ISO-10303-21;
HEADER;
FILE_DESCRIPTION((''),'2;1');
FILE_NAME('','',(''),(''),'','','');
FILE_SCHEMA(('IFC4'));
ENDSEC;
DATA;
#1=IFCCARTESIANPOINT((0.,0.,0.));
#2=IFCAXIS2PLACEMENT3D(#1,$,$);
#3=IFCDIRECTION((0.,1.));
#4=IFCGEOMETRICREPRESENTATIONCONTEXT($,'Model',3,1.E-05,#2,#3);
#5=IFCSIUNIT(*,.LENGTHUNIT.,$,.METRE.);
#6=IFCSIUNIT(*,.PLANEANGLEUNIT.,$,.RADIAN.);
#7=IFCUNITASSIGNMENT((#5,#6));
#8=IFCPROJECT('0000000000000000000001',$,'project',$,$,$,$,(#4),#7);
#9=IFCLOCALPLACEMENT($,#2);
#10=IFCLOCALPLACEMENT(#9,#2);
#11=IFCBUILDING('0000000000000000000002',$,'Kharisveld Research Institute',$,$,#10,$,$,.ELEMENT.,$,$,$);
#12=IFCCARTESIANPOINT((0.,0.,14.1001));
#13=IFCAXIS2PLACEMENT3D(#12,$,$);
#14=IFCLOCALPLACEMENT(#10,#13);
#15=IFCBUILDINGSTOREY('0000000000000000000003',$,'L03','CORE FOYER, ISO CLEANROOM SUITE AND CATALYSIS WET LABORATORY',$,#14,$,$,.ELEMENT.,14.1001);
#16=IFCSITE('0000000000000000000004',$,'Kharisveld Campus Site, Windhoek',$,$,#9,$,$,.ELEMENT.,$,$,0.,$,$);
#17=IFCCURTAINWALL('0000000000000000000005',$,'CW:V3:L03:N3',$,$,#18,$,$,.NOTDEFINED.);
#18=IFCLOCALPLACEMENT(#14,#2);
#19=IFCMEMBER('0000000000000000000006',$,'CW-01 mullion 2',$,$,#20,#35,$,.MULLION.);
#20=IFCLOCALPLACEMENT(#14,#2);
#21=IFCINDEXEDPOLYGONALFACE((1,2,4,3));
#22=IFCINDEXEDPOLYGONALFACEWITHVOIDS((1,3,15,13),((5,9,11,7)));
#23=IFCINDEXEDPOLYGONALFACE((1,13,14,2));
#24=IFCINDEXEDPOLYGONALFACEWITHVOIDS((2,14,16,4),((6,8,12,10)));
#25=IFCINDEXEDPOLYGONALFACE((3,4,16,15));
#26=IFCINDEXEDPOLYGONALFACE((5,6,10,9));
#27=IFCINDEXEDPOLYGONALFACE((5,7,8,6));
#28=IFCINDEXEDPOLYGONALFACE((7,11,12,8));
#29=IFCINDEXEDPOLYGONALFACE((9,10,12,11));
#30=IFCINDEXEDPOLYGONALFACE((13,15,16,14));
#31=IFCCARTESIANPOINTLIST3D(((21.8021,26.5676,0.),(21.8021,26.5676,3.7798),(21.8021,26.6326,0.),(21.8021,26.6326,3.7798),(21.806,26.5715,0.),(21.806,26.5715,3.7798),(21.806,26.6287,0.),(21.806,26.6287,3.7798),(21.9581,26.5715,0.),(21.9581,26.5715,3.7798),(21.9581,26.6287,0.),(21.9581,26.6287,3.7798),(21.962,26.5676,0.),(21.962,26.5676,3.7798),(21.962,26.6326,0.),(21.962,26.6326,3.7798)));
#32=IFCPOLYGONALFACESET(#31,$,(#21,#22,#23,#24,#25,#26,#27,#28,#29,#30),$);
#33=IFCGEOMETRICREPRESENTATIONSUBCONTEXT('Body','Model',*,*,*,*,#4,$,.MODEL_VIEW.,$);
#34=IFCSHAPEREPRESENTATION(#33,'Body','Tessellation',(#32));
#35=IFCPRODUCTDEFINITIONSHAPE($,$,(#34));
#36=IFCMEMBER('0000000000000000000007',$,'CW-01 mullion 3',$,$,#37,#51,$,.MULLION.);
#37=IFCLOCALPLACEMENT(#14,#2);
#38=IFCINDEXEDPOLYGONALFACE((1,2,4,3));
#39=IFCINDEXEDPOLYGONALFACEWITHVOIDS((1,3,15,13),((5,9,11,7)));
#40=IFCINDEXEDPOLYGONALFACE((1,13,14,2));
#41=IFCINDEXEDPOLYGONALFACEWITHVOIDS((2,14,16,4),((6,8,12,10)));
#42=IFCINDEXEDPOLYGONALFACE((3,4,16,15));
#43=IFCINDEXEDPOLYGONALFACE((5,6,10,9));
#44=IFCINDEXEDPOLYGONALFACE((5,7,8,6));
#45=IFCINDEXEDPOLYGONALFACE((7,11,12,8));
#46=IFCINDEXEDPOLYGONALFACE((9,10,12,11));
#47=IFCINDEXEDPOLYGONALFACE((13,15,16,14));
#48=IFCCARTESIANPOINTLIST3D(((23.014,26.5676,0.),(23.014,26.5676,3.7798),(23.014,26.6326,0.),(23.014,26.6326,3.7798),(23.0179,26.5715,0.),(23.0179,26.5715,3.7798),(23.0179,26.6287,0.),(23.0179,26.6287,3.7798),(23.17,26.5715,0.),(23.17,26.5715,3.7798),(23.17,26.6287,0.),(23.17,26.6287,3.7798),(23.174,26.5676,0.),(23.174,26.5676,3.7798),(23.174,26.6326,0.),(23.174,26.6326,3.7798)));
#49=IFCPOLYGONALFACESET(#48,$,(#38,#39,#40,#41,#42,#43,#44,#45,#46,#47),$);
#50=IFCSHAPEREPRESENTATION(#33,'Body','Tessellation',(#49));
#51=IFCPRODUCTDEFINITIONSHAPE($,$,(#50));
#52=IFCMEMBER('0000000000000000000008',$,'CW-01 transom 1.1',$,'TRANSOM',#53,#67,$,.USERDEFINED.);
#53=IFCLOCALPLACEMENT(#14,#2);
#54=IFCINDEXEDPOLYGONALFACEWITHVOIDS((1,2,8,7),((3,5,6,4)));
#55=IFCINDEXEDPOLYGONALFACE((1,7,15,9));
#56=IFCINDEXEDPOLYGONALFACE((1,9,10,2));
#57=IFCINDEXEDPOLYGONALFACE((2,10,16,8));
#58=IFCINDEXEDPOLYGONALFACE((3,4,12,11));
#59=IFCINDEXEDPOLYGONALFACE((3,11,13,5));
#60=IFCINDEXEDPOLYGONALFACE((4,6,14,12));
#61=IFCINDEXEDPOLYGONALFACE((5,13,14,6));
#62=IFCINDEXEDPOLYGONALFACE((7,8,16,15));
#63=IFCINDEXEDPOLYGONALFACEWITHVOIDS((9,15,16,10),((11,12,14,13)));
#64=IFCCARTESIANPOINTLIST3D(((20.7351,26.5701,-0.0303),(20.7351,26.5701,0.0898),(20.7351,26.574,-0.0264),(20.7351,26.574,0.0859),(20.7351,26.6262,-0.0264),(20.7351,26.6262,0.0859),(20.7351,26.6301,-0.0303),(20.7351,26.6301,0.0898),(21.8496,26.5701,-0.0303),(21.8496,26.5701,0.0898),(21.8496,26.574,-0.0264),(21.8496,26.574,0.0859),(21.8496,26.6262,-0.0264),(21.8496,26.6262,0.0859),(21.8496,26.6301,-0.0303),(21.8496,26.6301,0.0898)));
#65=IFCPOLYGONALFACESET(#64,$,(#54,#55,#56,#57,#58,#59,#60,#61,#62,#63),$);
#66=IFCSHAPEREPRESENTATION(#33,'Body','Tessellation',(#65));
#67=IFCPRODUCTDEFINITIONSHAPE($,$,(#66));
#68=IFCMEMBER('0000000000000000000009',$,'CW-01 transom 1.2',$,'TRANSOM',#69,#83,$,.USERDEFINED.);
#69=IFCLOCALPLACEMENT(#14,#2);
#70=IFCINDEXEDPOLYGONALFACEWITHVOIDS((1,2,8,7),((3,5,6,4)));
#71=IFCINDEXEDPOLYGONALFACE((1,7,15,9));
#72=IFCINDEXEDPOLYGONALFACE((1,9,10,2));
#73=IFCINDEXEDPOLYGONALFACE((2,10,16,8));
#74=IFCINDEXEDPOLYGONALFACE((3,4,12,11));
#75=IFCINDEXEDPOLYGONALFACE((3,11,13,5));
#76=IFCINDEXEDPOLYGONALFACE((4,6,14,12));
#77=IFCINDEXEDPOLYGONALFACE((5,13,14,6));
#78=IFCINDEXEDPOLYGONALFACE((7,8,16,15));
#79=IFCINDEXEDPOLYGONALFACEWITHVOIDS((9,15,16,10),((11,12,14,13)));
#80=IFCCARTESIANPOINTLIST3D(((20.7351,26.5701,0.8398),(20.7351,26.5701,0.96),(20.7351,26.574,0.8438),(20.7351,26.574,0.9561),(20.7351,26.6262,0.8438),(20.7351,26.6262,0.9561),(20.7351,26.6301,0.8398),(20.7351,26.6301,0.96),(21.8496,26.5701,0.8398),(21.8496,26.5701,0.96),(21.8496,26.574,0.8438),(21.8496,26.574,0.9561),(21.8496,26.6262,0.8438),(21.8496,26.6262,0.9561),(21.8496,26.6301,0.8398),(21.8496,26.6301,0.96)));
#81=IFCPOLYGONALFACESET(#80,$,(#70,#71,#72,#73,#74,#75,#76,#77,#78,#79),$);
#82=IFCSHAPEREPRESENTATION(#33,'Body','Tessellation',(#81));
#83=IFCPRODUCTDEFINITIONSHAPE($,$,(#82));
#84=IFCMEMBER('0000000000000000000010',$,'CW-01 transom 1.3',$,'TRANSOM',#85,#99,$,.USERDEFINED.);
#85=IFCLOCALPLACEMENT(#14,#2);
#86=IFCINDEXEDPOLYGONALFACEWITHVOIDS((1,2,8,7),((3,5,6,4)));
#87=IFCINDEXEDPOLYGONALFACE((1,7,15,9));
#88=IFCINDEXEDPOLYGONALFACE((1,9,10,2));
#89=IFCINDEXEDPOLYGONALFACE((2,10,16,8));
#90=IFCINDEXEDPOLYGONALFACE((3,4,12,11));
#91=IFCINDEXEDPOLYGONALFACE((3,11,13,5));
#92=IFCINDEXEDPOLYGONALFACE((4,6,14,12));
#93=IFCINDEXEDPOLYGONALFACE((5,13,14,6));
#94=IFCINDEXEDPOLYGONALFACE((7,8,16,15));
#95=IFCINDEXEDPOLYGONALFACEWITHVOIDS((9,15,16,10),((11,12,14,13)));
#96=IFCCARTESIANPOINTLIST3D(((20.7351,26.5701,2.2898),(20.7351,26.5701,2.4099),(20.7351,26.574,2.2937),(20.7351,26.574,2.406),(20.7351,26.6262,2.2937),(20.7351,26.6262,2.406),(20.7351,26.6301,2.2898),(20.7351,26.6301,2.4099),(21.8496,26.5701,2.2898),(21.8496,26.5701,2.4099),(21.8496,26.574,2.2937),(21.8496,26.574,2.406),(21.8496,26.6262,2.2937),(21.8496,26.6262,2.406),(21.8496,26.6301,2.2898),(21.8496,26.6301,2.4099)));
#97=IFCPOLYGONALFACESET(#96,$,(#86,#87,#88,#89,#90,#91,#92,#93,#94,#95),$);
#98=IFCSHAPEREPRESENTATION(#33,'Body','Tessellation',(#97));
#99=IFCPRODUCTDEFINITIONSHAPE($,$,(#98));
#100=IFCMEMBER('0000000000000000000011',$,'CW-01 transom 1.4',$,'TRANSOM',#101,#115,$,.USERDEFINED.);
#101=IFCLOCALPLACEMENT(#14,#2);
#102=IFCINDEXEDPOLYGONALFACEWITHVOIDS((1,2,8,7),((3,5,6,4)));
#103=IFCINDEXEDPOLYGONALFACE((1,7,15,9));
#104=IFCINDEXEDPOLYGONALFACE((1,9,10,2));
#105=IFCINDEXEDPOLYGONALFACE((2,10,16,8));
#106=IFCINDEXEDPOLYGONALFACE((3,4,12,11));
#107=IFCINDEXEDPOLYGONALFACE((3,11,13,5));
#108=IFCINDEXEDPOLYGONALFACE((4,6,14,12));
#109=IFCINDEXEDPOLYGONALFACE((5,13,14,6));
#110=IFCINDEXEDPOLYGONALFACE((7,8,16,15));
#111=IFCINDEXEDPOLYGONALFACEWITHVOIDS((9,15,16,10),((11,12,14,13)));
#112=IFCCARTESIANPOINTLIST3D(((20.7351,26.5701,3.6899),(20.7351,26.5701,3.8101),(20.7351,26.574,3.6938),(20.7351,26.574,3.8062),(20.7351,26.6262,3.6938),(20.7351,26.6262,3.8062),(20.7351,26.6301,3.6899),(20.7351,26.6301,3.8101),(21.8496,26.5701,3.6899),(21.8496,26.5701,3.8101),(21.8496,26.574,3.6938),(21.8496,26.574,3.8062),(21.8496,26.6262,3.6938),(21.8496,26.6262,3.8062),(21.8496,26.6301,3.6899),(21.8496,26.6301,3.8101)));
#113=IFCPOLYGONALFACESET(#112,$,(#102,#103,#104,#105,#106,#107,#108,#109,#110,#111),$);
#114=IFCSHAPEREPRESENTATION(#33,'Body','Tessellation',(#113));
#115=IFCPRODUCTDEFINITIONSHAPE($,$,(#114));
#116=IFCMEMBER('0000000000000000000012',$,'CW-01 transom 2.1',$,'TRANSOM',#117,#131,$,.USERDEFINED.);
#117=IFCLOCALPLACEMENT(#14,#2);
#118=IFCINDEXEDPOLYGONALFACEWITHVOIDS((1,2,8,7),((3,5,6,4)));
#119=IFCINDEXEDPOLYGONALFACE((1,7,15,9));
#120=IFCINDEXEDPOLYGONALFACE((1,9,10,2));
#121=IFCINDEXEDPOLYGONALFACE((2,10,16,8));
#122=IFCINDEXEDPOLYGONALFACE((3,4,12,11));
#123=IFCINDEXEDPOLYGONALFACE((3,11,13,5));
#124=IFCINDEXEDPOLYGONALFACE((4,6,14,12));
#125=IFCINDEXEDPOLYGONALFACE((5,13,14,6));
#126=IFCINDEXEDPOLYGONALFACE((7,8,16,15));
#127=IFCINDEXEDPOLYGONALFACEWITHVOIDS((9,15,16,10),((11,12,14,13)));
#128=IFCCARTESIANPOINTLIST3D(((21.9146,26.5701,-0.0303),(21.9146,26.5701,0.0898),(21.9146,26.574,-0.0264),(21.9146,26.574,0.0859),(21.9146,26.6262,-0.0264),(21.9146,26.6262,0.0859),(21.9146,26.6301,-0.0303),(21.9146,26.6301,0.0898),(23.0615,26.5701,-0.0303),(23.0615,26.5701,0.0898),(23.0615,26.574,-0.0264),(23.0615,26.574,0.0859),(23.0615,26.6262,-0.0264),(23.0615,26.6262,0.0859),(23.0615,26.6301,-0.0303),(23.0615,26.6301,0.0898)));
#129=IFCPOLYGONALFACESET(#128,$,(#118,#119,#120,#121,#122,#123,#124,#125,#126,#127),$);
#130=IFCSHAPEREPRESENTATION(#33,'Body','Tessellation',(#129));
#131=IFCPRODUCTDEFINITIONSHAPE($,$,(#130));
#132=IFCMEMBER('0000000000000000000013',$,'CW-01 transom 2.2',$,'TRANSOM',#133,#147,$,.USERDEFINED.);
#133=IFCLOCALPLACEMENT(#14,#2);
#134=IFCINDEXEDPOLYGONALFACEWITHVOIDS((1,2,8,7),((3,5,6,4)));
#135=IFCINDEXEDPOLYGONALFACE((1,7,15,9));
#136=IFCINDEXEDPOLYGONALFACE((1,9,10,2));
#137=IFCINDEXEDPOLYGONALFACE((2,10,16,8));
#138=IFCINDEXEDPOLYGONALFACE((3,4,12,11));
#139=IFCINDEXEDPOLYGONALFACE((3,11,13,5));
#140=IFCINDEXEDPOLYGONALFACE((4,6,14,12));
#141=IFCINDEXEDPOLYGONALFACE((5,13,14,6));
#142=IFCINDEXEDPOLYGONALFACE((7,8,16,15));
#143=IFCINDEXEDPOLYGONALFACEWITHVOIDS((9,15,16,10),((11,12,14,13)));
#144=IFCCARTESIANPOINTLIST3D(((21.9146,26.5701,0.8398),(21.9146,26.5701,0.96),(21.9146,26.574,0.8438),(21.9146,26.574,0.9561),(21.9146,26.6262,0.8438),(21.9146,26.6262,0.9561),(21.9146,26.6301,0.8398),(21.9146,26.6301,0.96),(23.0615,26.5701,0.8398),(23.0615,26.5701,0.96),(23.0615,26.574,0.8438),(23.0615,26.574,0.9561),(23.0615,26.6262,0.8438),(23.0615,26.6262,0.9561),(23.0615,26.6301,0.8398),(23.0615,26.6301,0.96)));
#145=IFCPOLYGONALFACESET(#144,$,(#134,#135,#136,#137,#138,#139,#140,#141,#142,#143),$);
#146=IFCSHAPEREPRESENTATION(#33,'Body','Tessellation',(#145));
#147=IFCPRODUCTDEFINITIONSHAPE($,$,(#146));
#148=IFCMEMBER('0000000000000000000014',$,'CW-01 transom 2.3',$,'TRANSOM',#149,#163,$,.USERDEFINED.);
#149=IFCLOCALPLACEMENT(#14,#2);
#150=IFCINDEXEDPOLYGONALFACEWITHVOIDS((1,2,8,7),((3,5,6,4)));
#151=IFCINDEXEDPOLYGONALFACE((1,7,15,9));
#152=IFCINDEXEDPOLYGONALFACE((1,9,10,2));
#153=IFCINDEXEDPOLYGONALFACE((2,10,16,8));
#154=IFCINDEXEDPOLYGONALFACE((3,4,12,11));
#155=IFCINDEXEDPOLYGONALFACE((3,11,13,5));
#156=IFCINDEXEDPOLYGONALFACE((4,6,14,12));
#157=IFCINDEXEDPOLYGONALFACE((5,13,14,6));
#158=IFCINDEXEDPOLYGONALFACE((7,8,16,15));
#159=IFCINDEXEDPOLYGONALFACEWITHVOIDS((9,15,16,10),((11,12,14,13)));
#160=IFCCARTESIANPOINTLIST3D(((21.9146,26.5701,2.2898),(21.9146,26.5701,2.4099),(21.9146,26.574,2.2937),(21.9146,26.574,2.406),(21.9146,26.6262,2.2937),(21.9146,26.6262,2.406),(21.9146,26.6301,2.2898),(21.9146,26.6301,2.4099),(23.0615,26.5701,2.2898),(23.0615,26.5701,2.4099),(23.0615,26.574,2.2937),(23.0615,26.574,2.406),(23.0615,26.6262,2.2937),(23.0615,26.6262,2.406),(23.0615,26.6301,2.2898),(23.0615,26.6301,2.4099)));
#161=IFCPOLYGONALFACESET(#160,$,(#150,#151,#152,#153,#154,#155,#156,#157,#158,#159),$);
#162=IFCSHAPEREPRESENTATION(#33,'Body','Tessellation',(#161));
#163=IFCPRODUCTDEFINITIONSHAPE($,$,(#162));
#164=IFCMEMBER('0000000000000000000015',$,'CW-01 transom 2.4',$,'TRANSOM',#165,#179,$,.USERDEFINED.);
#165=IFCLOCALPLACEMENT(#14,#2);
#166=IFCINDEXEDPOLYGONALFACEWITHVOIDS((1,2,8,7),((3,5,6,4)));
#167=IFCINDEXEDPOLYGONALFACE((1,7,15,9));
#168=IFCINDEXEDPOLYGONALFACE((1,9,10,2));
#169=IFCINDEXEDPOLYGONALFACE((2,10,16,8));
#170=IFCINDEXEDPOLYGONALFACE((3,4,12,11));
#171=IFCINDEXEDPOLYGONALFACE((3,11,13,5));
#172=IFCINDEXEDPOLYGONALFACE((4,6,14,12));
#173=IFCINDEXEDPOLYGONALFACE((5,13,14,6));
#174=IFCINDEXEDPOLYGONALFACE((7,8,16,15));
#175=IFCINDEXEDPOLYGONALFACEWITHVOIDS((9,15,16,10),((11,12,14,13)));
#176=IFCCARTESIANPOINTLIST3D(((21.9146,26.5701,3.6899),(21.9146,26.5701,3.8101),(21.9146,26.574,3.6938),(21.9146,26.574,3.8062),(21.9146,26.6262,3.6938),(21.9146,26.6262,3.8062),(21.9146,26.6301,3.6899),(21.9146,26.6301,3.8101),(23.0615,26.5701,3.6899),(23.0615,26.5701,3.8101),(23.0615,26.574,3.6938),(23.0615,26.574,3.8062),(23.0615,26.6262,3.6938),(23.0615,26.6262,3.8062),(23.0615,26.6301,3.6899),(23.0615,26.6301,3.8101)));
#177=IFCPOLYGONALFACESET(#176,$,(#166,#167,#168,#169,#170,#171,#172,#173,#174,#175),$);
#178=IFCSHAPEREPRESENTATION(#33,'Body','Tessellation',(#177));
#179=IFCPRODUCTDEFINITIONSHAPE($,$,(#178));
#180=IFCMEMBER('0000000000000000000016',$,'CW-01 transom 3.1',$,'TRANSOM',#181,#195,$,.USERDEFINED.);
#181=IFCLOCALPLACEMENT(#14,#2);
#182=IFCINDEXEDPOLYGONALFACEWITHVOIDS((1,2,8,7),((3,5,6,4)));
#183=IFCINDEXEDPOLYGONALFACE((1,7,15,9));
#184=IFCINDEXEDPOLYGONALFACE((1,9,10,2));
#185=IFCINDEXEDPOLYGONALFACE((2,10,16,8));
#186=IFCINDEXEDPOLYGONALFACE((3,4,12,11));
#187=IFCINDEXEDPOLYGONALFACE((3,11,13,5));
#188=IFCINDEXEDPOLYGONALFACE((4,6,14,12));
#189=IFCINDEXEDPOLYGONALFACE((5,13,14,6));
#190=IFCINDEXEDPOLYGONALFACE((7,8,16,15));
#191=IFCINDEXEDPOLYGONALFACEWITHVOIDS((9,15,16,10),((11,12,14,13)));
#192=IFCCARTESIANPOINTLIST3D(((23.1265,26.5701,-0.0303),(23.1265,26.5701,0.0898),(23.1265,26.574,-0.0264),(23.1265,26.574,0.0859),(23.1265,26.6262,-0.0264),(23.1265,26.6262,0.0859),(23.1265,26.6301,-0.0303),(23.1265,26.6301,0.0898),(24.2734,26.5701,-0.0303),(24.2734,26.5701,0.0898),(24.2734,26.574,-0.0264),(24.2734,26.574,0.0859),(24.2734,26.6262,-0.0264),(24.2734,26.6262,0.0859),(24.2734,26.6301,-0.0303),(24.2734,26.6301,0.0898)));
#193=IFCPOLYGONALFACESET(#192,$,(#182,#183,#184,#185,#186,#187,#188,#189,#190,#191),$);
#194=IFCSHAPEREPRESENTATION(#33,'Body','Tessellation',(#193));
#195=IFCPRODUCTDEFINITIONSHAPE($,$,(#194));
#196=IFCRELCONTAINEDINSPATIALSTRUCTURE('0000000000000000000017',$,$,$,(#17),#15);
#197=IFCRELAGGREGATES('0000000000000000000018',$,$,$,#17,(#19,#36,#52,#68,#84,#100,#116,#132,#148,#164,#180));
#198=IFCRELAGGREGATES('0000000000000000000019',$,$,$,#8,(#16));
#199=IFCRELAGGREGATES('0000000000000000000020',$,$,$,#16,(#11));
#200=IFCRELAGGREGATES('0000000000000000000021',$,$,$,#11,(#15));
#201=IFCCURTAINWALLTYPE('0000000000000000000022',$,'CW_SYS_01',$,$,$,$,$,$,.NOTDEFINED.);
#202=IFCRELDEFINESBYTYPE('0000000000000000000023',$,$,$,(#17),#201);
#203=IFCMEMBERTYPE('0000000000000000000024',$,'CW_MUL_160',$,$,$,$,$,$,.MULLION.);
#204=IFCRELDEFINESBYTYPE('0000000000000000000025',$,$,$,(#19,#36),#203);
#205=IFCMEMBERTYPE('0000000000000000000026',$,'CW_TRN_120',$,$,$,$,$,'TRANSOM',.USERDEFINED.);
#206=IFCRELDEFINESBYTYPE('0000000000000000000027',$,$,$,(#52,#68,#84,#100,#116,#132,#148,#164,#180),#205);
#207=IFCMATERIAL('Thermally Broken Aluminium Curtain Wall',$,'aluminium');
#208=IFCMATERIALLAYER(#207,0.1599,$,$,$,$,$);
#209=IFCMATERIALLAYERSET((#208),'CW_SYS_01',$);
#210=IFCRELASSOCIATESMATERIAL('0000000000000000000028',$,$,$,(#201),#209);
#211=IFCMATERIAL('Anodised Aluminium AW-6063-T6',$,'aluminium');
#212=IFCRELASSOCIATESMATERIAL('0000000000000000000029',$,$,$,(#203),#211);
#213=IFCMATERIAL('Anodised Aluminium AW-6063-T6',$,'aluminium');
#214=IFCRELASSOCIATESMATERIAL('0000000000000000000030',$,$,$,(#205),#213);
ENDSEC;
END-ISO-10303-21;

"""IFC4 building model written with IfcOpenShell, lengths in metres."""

from ifc_helpers import new_model, si_unit, direction, frame, origin, origin_2d, place, context, subcontext, project, spatial, hollow_rectangle, extrude, material, layer, layer_set, material_profile, profile_set, type_object, element, aggregate, save


model = new_model("IFC4")

# Units and contexts
model_context = context("Model", 3, precision=1e-05, world=origin(), true_north=direction((0.0, 1.0)))
body_context = subcontext(model_context, "Body", "Model", "MODEL_VIEW")
ifc_project = project(units=[si_unit("LENGTHUNIT", "METRE"), si_unit("PLANEANGLEUNIT", "RADIAN")], contexts=[model_context])

# Site, building, storey
site_placement = place(None, origin())
site = spatial("IfcSite", under=ifc_project, at=site_placement, Name="Kharisveld Campus Site, Windhoek", CompositionType="ELEMENT", RefElevation=0.0)
building_placement = place(site_placement, origin())
building = spatial("IfcBuilding", under=site, at=building_placement, Name="Kharisveld Research Institute", CompositionType="ELEMENT")
storey_placement = place(building_placement, frame((0.0, 0.0, 14.1001)))
storey = spatial("IfcBuildingStorey", under=building, at=storey_placement, Name="L03", Description="CORE FOYER, ISO CLEANROOM SUITE AND CATALYSIS WET LABORATORY", CompositionType="ELEMENT", Elevation=14.1001)

# Curtain wall, members
ifc_material_1 = material(Name="Thermally Broken Aluminium Curtain Wall", Category="aluminium")
ifc_layer_1 = layer(ifc_material_1, 0.1599)
ifc_layer_set_1 = layer_set([ifc_layer_1], Name="CW_SYS_01")
curtain_wall_type = type_object("IfcCurtainWallType", Name="CW_SYS_01", PredefinedType="NOTDEFINED", material=ifc_layer_set_1)
curtain_wall_placement = place(storey_placement, origin())
curtain_wall = element("IfcCurtainWall", 1, at=curtain_wall_placement, inside=storey, type_object=curtain_wall_type, Name="CW:V3:L03:N3", PredefinedType="NOTDEFINED")
ifc_material_2 = material(Name="Anodised Aluminium AW-6063-T6", Category="aluminium")
ifc_material_profile_1 = material_profile(ifc_material_2, hollow_rectangle(XDim=0.0649, YDim=0.1599, WallThickness=0.0039, at=origin_2d()))
ifc_profile_set_1 = profile_set([ifc_material_profile_1], Name="Anodised Aluminium AW-6063-T6")
member_type_1 = type_object("IfcMemberType", Name="CW_MUL_160", PredefinedType="MULLION", material=ifc_profile_set_1)
member_1_placement = place(storey_placement, frame((21.8821, 26.6001, 0.0), z_axis=(0.0, 0.0, 1.0), x_axis=(0.0, 1.0, 0.0)))
member_1 = element("IfcMember", 2, at=member_1_placement, type_object=member_type_1, Name="CW-01 mullion 2", PredefinedType="MULLION", context=body_context, shape_type="SweptSolid", body=[
    extrude(hollow_rectangle(XDim=0.0649, YDim=0.1599, WallThickness=0.0039, at=origin_2d()), origin(), (0.0, 0.0, 1.0), 3.7798),
])
member_2_placement = place(storey_placement, frame((23.094, 26.6001, 0.0), z_axis=(0.0, 0.0, 1.0), x_axis=(0.0, 1.0, 0.0)))
member_2 = element("IfcMember", 3, at=member_2_placement, type_object=member_type_1, Name="CW-01 mullion 3", PredefinedType="MULLION", context=body_context, shape_type="SweptSolid", body=[
    extrude(hollow_rectangle(XDim=0.0649, YDim=0.1599, WallThickness=0.0039, at=origin_2d()), origin(), (0.0, 0.0, 1.0), 3.7798),
])
ifc_material_3 = material(Name="Anodised Aluminium AW-6063-T6", Category="aluminium")
ifc_material_profile_2 = material_profile(ifc_material_3, hollow_rectangle(XDim=0.0601, YDim=0.1201, WallThickness=0.0039, at=origin_2d()))
ifc_profile_set_2 = profile_set([ifc_material_profile_2], Name="Anodised Aluminium AW-6063-T6")
member_type_2 = type_object("IfcMemberType", Name="CW_TRN_120", ElementType="TRANSOM", PredefinedType="USERDEFINED", material=ifc_profile_set_2)
member_3_placement = place(storey_placement, frame((20.7351, 26.6001, 0.0298), z_axis=(1.0, 0.0, 0.0), x_axis=(0.0, 1.0, 0.0)))
member_3 = element("IfcMember", 4, at=member_3_placement, type_object=member_type_2, Name="CW-01 transom 1.1", ObjectType="TRANSOM", PredefinedType="USERDEFINED", context=body_context, shape_type="SweptSolid", body=[
    extrude(hollow_rectangle(XDim=0.0601, YDim=0.1201, WallThickness=0.0039, at=origin_2d()), origin(), (0.0, 0.0, 1.0), 1.1145),
])
member_4_placement = place(storey_placement, frame((20.7351, 26.6001, 0.8999), z_axis=(1.0, 0.0, 0.0), x_axis=(0.0, 1.0, 0.0)))
member_4 = element("IfcMember", 5, at=member_4_placement, type_object=member_type_2, Name="CW-01 transom 1.2", ObjectType="TRANSOM", PredefinedType="USERDEFINED", context=body_context, shape_type="SweptSolid", body=[
    extrude(hollow_rectangle(XDim=0.0601, YDim=0.1201, WallThickness=0.0039, at=origin_2d()), origin(), (0.0, 0.0, 1.0), 1.1145),
])
member_5_placement = place(storey_placement, frame((20.7351, 26.6001, 2.3499), z_axis=(1.0, 0.0, 0.0), x_axis=(0.0, 1.0, 0.0)))
member_5 = element("IfcMember", 6, at=member_5_placement, type_object=member_type_2, Name="CW-01 transom 1.3", ObjectType="TRANSOM", PredefinedType="USERDEFINED", context=body_context, shape_type="SweptSolid", body=[
    extrude(hollow_rectangle(XDim=0.0601, YDim=0.1201, WallThickness=0.0039, at=origin_2d()), origin(), (0.0, 0.0, 1.0), 1.1145),
])
member_6_placement = place(storey_placement, frame((20.7351, 26.6001, 3.75), z_axis=(1.0, 0.0, 0.0), x_axis=(0.0, 1.0, 0.0)))
member_6 = element("IfcMember", 7, at=member_6_placement, type_object=member_type_2, Name="CW-01 transom 1.4", ObjectType="TRANSOM", PredefinedType="USERDEFINED", context=body_context, shape_type="SweptSolid", body=[
    extrude(hollow_rectangle(XDim=0.0601, YDim=0.1201, WallThickness=0.0039, at=origin_2d()), origin(), (0.0, 0.0, 1.0), 1.1145),
])
member_7_placement = place(storey_placement, frame((21.9146, 26.6001, 0.0298), z_axis=(1.0, 0.0, 0.0), x_axis=(0.0, 1.0, 0.0)))
member_7 = element("IfcMember", 8, at=member_7_placement, type_object=member_type_2, Name="CW-01 transom 2.1", ObjectType="TRANSOM", PredefinedType="USERDEFINED", context=body_context, shape_type="SweptSolid", body=[
    extrude(hollow_rectangle(XDim=0.0601, YDim=0.1201, WallThickness=0.0039, at=origin_2d()), origin(), (0.0, 0.0, 1.0), 1.147),
])
member_8_placement = place(storey_placement, frame((21.9146, 26.6001, 0.8999), z_axis=(1.0, 0.0, 0.0), x_axis=(0.0, 1.0, 0.0)))
member_8 = element("IfcMember", 9, at=member_8_placement, type_object=member_type_2, Name="CW-01 transom 2.2", ObjectType="TRANSOM", PredefinedType="USERDEFINED", context=body_context, shape_type="SweptSolid", body=[
    extrude(hollow_rectangle(XDim=0.0601, YDim=0.1201, WallThickness=0.0039, at=origin_2d()), origin(), (0.0, 0.0, 1.0), 1.147),
])
member_9_placement = place(storey_placement, frame((21.9146, 26.6001, 2.3499), z_axis=(1.0, 0.0, 0.0), x_axis=(0.0, 1.0, 0.0)))
member_9 = element("IfcMember", 10, at=member_9_placement, type_object=member_type_2, Name="CW-01 transom 2.3", ObjectType="TRANSOM", PredefinedType="USERDEFINED", context=body_context, shape_type="SweptSolid", body=[
    extrude(hollow_rectangle(XDim=0.0601, YDim=0.1201, WallThickness=0.0039, at=origin_2d()), origin(), (0.0, 0.0, 1.0), 1.147),
])
member_10_placement = place(storey_placement, frame((21.9146, 26.6001, 3.75), z_axis=(1.0, 0.0, 0.0), x_axis=(0.0, 1.0, 0.0)))
member_10 = element("IfcMember", 11, at=member_10_placement, type_object=member_type_2, Name="CW-01 transom 2.4", ObjectType="TRANSOM", PredefinedType="USERDEFINED", context=body_context, shape_type="SweptSolid", body=[
    extrude(hollow_rectangle(XDim=0.0601, YDim=0.1201, WallThickness=0.0039, at=origin_2d()), origin(), (0.0, 0.0, 1.0), 1.147),
])
member_11_placement = place(storey_placement, frame((23.1265, 26.6001, 0.0298), z_axis=(1.0, 0.0, 0.0), x_axis=(0.0, 1.0, 0.0)))
member_11 = element("IfcMember", 12, at=member_11_placement, type_object=member_type_2, Name="CW-01 transom 3.1", ObjectType="TRANSOM", PredefinedType="USERDEFINED", context=body_context, shape_type="SweptSolid", body=[
    extrude(hollow_rectangle(XDim=0.0601, YDim=0.1201, WallThickness=0.0039, at=origin_2d()), origin(), (0.0, 0.0, 1.0), 1.147),
])
aggregate(curtain_wall, [member_1, member_2, member_3, member_4, member_5, member_6, member_7, member_8, member_9, member_10, member_11])

save(model, "model.ifc")
